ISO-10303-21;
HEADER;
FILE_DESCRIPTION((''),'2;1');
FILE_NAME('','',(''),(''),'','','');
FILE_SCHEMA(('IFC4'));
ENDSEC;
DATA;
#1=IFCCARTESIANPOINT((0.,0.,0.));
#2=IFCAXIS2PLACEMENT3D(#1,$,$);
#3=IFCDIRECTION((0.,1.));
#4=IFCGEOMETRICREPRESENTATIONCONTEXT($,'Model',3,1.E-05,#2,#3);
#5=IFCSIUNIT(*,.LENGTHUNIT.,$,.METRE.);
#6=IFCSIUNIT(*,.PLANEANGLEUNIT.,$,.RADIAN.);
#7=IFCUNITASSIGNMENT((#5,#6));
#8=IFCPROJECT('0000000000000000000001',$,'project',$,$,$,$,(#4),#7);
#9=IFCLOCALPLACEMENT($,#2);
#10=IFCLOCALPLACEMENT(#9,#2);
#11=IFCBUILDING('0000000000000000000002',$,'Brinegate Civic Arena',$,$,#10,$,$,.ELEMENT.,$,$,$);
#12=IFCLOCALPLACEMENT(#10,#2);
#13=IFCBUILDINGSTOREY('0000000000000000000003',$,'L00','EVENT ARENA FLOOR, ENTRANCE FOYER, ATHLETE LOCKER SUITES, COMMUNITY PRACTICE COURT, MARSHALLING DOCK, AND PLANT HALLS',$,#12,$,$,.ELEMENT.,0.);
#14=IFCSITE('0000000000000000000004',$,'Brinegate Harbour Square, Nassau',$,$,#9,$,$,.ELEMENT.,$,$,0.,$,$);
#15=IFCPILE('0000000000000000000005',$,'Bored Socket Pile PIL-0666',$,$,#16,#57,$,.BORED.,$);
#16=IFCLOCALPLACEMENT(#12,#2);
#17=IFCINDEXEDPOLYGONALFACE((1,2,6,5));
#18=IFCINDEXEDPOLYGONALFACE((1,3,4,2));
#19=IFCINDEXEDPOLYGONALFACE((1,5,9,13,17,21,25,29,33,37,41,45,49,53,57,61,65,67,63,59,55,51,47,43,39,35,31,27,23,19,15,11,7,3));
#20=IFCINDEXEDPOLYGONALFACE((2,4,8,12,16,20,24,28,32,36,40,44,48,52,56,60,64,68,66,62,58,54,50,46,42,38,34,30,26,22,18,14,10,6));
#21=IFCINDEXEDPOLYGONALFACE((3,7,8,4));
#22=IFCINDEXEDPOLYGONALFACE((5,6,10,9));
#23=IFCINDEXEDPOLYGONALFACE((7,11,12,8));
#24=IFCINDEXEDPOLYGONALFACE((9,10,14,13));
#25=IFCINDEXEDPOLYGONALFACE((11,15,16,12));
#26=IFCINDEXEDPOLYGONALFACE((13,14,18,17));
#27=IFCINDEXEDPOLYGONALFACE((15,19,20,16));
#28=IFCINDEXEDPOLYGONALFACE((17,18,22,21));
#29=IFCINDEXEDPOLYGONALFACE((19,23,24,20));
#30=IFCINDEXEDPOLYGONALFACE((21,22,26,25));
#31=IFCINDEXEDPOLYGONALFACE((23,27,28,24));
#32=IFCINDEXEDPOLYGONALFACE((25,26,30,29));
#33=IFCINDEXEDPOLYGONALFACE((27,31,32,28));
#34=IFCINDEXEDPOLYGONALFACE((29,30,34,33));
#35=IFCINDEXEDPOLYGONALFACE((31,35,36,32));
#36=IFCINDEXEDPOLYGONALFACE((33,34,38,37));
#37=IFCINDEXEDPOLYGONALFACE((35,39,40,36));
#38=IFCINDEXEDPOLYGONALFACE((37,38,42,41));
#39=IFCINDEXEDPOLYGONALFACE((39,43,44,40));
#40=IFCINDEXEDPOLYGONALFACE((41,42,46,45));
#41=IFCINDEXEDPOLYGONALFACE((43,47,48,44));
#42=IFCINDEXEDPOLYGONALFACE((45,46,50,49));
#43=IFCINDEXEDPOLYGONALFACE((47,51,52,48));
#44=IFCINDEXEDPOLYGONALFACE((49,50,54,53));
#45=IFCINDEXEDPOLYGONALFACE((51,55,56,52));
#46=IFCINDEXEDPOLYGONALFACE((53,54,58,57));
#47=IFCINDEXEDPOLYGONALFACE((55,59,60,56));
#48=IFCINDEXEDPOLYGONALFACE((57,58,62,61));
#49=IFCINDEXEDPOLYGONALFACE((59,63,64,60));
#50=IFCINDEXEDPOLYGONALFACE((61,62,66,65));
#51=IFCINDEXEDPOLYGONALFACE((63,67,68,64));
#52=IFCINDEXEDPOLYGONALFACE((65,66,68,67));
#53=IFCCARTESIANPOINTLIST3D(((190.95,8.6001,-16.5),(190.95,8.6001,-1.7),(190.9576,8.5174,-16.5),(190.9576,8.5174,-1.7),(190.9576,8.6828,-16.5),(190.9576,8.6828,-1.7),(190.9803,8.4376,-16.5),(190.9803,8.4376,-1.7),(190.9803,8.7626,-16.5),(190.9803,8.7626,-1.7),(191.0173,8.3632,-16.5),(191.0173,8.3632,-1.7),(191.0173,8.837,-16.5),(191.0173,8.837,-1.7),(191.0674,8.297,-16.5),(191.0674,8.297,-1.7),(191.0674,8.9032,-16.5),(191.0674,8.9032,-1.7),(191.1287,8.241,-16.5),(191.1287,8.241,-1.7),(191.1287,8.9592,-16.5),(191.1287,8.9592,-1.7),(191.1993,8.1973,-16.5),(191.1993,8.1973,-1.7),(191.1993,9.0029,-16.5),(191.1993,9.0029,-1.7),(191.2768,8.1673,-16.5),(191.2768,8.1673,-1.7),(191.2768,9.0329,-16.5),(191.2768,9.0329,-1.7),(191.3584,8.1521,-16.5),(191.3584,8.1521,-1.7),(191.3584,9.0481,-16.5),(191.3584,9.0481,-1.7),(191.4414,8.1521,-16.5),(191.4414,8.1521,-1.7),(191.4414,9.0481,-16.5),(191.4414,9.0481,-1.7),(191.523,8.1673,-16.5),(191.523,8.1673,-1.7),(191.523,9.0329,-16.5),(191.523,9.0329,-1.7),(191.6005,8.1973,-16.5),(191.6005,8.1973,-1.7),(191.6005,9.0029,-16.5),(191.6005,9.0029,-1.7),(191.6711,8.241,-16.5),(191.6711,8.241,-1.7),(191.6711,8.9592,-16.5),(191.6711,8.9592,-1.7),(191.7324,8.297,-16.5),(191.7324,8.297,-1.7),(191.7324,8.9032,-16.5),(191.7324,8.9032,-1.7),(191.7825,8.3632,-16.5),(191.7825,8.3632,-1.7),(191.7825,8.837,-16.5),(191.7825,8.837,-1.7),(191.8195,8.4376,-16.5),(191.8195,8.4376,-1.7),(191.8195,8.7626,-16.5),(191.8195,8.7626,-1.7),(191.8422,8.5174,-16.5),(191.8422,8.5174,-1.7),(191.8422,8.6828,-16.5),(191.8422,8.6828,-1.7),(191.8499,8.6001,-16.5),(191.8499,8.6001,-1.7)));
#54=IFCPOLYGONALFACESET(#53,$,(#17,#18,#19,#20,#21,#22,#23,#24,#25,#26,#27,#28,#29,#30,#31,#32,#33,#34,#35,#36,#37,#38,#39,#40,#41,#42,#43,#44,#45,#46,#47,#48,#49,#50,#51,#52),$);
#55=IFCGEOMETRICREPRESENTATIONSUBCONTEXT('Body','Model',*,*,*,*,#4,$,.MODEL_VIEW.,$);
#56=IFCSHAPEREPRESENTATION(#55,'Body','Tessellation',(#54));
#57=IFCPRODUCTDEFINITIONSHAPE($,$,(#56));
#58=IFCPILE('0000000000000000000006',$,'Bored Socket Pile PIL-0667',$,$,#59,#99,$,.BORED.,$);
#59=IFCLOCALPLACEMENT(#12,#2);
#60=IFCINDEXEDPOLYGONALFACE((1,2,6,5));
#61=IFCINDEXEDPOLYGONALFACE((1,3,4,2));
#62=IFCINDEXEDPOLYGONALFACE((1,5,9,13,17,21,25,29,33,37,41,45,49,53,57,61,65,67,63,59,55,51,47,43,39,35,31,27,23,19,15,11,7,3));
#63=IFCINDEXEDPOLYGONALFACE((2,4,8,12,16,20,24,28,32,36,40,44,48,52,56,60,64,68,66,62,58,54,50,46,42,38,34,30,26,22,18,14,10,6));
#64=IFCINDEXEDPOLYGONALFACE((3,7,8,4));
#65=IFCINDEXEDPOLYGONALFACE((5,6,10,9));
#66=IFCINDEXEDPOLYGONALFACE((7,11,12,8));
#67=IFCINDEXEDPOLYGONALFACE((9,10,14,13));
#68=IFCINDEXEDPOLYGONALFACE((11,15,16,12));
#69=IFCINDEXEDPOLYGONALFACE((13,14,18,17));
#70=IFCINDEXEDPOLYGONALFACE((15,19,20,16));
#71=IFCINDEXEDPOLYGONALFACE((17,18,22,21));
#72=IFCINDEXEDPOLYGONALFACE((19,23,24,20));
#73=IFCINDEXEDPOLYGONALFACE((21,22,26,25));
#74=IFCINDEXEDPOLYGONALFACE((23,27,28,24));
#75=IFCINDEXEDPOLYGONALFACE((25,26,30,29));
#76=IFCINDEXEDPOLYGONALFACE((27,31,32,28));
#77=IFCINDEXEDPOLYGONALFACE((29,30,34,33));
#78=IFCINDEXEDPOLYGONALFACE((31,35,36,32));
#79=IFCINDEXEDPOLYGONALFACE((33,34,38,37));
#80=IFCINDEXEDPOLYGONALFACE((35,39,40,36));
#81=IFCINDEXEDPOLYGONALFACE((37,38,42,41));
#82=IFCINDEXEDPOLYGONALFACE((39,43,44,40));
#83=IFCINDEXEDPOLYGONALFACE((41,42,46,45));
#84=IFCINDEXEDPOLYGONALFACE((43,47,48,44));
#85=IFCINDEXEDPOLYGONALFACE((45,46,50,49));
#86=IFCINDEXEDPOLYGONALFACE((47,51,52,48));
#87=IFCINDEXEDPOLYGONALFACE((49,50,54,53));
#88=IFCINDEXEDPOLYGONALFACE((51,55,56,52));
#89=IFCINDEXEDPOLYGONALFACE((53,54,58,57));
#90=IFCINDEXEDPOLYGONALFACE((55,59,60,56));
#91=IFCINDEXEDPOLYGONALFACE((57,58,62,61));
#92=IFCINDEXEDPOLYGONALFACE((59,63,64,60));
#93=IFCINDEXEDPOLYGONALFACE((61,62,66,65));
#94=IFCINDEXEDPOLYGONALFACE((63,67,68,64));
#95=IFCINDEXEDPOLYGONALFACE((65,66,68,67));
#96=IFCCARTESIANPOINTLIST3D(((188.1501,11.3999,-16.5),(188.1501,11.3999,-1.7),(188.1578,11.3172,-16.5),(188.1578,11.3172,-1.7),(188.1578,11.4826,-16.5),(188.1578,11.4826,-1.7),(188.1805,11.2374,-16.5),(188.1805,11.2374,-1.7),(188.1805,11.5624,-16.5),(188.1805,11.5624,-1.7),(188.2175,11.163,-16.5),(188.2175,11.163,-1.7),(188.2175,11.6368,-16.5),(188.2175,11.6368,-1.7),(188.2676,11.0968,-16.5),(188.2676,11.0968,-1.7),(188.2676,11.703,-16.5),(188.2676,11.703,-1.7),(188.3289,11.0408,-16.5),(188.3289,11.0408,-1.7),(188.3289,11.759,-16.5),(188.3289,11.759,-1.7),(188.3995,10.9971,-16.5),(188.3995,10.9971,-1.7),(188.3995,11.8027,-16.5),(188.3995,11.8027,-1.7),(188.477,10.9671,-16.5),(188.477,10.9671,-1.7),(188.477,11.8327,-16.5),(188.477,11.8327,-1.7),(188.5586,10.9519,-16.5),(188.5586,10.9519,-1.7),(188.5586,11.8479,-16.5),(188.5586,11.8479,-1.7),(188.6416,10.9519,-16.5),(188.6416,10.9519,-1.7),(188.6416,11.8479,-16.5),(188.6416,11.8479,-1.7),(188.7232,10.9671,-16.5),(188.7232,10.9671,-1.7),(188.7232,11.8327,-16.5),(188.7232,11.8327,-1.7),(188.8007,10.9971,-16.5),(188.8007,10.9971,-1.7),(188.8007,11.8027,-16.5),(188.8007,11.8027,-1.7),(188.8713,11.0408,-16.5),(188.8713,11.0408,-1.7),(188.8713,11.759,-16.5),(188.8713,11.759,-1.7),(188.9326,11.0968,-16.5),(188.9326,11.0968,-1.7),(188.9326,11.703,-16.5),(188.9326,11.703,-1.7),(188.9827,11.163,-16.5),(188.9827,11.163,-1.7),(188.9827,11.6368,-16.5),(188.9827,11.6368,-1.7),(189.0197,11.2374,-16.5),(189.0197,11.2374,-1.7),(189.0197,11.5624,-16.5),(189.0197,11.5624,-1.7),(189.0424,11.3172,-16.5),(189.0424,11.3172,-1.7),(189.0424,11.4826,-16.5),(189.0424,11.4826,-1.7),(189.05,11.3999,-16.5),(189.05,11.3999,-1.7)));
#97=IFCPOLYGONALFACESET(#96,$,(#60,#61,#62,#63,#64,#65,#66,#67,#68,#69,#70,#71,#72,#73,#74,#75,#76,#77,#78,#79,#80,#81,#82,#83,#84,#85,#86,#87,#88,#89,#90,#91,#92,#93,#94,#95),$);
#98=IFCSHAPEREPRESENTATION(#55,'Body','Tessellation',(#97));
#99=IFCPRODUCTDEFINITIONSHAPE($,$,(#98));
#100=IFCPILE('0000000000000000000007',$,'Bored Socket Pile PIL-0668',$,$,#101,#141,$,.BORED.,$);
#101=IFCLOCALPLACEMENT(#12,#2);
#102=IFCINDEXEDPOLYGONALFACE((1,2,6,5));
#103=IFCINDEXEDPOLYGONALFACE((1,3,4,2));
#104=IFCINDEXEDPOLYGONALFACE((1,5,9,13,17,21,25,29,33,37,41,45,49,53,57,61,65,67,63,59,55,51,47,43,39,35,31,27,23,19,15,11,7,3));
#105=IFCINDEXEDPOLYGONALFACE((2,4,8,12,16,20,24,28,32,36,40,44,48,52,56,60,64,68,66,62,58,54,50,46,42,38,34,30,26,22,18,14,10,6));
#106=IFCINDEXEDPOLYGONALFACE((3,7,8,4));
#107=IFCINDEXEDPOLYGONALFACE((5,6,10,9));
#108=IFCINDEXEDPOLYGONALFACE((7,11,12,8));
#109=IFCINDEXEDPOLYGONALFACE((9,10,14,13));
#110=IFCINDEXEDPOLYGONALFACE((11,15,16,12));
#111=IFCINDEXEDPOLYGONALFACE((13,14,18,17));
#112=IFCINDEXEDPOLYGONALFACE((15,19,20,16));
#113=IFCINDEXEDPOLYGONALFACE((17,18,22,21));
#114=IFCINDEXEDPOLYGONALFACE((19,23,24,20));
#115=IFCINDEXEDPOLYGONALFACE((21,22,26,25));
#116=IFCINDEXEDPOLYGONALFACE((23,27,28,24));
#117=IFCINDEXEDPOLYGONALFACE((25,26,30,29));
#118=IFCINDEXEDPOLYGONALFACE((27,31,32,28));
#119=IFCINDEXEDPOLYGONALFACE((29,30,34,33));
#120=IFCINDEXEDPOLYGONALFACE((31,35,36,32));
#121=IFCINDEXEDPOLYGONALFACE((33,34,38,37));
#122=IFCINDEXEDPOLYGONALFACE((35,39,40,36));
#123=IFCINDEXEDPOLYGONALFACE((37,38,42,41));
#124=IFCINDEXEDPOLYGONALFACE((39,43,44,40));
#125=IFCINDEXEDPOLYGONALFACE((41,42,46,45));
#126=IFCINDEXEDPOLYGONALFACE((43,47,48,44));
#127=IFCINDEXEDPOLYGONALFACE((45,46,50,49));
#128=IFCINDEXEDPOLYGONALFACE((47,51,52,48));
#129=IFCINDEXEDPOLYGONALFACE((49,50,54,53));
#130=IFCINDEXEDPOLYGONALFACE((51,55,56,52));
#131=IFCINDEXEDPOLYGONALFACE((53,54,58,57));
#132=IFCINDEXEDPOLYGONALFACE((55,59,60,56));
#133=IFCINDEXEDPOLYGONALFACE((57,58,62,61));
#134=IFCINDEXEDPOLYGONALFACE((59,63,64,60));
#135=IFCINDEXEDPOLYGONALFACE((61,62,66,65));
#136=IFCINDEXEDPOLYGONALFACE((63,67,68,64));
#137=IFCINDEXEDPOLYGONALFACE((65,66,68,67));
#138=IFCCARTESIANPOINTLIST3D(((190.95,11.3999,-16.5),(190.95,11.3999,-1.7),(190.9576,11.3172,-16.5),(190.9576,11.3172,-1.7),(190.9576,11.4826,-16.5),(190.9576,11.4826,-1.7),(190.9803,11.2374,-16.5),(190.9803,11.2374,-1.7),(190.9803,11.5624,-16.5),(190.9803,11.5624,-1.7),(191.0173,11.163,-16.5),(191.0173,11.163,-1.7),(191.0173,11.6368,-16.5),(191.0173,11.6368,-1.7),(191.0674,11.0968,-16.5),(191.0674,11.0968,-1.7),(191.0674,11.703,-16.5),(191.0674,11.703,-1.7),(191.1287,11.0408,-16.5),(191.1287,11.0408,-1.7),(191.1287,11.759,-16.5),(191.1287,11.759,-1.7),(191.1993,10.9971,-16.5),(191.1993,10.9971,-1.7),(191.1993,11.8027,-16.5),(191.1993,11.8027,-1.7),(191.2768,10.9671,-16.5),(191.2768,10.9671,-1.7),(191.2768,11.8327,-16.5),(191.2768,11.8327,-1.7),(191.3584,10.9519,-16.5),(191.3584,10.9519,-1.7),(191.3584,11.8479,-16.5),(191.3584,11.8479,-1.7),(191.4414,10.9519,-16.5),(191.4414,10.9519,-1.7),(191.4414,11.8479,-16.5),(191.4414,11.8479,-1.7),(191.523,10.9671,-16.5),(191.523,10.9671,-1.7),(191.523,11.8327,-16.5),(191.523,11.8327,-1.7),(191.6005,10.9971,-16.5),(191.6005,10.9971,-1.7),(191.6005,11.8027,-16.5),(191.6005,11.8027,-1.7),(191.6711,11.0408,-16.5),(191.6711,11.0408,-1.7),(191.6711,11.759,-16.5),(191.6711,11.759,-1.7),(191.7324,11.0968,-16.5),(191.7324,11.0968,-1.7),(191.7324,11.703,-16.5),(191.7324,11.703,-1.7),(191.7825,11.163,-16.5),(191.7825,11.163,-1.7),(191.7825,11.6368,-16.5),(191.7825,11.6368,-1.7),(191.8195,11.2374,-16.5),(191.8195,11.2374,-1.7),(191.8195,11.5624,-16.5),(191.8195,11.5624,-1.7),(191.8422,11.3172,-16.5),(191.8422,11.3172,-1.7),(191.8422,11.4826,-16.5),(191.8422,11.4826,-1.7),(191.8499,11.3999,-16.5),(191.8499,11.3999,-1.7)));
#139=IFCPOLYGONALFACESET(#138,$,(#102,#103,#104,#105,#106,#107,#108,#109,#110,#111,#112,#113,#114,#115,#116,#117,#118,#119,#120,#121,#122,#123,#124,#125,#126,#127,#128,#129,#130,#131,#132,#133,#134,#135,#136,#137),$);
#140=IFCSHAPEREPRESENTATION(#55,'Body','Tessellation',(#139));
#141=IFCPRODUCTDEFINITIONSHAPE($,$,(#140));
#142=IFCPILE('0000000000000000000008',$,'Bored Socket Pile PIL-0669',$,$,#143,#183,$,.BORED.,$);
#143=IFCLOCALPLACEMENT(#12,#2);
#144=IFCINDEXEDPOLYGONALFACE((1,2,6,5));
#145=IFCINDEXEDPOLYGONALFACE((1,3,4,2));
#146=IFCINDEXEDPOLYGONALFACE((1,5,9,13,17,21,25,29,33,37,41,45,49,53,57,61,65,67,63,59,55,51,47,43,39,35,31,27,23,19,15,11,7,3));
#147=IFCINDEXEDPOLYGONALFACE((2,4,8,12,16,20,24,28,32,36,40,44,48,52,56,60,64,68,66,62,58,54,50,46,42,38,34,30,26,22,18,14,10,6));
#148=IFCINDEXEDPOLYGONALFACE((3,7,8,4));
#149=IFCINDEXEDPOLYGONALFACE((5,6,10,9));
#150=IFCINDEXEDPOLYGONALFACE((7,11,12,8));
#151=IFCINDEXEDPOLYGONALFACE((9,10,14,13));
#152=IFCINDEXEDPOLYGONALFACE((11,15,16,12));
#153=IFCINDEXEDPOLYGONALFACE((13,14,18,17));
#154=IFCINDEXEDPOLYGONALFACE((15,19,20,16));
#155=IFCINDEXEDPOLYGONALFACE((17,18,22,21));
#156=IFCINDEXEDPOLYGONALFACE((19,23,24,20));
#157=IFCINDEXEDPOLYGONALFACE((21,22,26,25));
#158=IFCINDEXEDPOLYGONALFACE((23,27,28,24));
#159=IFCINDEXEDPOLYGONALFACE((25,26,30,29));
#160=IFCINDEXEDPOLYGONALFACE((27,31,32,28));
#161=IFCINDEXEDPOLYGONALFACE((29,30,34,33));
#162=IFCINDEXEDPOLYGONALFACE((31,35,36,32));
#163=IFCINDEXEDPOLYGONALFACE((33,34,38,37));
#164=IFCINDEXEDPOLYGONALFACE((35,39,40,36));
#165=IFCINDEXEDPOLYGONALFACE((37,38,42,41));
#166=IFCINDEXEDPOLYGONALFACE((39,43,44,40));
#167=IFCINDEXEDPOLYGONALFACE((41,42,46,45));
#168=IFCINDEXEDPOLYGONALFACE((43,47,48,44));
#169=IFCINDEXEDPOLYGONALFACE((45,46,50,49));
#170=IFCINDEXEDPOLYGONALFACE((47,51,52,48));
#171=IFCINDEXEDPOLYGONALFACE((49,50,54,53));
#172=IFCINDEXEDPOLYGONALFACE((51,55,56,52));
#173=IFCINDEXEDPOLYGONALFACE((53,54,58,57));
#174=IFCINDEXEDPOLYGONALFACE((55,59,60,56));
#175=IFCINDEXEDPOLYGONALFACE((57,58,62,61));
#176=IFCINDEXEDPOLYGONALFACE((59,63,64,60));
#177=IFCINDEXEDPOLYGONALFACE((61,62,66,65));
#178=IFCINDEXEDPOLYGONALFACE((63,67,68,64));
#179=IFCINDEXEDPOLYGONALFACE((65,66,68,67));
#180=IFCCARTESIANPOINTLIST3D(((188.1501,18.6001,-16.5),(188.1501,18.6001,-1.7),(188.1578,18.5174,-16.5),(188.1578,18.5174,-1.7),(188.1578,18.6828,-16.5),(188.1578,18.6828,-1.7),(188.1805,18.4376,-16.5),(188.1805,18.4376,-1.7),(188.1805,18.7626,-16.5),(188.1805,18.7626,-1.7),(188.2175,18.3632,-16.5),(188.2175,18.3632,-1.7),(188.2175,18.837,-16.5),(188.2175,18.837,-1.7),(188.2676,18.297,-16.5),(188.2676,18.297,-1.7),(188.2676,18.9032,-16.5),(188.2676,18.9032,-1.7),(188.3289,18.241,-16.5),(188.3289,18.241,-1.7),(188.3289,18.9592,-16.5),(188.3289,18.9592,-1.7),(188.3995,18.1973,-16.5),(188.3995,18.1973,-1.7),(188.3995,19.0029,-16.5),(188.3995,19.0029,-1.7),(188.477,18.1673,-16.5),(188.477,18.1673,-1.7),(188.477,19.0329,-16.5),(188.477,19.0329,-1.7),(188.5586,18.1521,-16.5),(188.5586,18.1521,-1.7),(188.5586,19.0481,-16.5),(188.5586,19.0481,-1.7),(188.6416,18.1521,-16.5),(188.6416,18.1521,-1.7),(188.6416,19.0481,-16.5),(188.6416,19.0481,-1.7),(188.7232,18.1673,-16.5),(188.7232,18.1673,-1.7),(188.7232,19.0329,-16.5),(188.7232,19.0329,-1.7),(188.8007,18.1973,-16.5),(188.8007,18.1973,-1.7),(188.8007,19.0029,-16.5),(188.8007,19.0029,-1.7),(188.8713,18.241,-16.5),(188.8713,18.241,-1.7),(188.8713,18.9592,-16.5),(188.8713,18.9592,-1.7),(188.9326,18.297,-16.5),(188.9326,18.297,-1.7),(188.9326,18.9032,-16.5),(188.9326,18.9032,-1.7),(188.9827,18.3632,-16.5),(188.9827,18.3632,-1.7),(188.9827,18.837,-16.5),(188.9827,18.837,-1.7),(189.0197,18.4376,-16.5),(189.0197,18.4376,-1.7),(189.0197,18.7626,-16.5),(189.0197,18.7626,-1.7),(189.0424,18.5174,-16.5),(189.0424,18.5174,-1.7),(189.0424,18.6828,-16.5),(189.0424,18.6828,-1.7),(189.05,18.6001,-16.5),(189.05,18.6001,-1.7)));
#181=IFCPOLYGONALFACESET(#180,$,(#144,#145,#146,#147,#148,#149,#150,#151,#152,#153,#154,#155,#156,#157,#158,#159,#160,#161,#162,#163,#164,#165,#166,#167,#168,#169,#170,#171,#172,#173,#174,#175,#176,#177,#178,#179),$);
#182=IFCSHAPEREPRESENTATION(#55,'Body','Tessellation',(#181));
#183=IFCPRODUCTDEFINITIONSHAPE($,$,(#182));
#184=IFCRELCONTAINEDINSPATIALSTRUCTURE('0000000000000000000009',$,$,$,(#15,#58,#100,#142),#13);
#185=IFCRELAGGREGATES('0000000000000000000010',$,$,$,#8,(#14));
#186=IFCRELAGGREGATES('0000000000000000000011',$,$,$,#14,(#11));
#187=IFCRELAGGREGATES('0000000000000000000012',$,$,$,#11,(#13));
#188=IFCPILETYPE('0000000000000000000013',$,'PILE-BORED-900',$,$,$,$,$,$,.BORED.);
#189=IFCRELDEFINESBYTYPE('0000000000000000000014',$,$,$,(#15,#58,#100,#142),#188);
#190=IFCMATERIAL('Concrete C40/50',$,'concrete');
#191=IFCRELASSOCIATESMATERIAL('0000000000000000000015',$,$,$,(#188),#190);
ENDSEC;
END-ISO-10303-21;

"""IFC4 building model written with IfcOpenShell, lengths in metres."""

from ifc_helpers import new_model, si_unit, direction, frame, origin, origin_2d, place, context, subcontext, project, spatial, circle, extrude, material, material_profile, profile_set, type_object, element, save


model = new_model("IFC4")

# Units and contexts
model_context = context("Model", 3, precision=1e-05, world=origin(), true_north=direction((0.0, 1.0)))
body_context = subcontext(model_context, "Body", "Model", "MODEL_VIEW")
ifc_project = project(units=[si_unit("LENGTHUNIT", "METRE"), si_unit("PLANEANGLEUNIT", "RADIAN")], contexts=[model_context])

# Site, building, storey
site_placement = place(None, origin())
site = spatial("IfcSite", under=ifc_project, at=site_placement, Name="Brinegate Harbour Square, Nassau", CompositionType="ELEMENT", RefElevation=0.0)
building_placement = place(site_placement, origin())
building = spatial("IfcBuilding", under=site, at=building_placement, Name="Brinegate Civic Arena", CompositionType="ELEMENT")
storey_placement = place(building_placement, origin())
storey = spatial("IfcBuildingStorey", under=building, at=storey_placement, Name="L00", Description="EVENT ARENA FLOOR, ENTRANCE FOYER, ATHLETE LOCKER SUITES, COMMUNITY PRACTICE COURT, MARSHALLING DOCK, AND PLANT HALLS", CompositionType="ELEMENT", Elevation=0.0)

# Shared definitions
ifc_material_1 = material(Name="Concrete C40/50", Category="concrete")

# Piles
ifc_material_profile_1 = material_profile(ifc_material_1, circle(Radius=0.45, at=origin_2d()), Name="PILED900")
ifc_profile_set_1 = profile_set([ifc_material_profile_1], Name="Concrete C40/50")
pile_type = type_object("IfcPileType", Name="PILE-BORED-900", PredefinedType="BORED", material=ifc_profile_set_1)
for number, where, z_axis, x_axis, name in (
    (1, (191.3999, 8.6001, -1.7), (0.0, 0.0, -1.0), (1.0, 0.0, 0.0), "Bored Socket Pile PIL-0666"),
    (2, (188.6001, 11.3999, -1.7), (0.0, 0.0, -1.0), (1.0, 0.0, 0.0), "Bored Socket Pile PIL-0667"),
    (3, (191.3999, 11.3999, -1.7), (0.0, 0.0, -1.0), (1.0, 0.0, 0.0), "Bored Socket Pile PIL-0668"),
    (4, (188.6001, 18.6001, -1.7), (0.0, 0.0, -1.0), (1.0, 0.0, 0.0), "Bored Socket Pile PIL-0669"),
):
    element("IfcPile", number, at=place(storey_placement, frame(where, z_axis=z_axis, x_axis=x_axis)), inside=storey, type_object=pile_type, Name=name, PredefinedType="BORED", context=body_context, shape_type="SweptSolid", body=[
        extrude(circle(Radius=0.45, at=origin_2d()), origin(), (0.0, 0.0, 1.0), 14.8),
    ])

save(model, "model.ifc")
